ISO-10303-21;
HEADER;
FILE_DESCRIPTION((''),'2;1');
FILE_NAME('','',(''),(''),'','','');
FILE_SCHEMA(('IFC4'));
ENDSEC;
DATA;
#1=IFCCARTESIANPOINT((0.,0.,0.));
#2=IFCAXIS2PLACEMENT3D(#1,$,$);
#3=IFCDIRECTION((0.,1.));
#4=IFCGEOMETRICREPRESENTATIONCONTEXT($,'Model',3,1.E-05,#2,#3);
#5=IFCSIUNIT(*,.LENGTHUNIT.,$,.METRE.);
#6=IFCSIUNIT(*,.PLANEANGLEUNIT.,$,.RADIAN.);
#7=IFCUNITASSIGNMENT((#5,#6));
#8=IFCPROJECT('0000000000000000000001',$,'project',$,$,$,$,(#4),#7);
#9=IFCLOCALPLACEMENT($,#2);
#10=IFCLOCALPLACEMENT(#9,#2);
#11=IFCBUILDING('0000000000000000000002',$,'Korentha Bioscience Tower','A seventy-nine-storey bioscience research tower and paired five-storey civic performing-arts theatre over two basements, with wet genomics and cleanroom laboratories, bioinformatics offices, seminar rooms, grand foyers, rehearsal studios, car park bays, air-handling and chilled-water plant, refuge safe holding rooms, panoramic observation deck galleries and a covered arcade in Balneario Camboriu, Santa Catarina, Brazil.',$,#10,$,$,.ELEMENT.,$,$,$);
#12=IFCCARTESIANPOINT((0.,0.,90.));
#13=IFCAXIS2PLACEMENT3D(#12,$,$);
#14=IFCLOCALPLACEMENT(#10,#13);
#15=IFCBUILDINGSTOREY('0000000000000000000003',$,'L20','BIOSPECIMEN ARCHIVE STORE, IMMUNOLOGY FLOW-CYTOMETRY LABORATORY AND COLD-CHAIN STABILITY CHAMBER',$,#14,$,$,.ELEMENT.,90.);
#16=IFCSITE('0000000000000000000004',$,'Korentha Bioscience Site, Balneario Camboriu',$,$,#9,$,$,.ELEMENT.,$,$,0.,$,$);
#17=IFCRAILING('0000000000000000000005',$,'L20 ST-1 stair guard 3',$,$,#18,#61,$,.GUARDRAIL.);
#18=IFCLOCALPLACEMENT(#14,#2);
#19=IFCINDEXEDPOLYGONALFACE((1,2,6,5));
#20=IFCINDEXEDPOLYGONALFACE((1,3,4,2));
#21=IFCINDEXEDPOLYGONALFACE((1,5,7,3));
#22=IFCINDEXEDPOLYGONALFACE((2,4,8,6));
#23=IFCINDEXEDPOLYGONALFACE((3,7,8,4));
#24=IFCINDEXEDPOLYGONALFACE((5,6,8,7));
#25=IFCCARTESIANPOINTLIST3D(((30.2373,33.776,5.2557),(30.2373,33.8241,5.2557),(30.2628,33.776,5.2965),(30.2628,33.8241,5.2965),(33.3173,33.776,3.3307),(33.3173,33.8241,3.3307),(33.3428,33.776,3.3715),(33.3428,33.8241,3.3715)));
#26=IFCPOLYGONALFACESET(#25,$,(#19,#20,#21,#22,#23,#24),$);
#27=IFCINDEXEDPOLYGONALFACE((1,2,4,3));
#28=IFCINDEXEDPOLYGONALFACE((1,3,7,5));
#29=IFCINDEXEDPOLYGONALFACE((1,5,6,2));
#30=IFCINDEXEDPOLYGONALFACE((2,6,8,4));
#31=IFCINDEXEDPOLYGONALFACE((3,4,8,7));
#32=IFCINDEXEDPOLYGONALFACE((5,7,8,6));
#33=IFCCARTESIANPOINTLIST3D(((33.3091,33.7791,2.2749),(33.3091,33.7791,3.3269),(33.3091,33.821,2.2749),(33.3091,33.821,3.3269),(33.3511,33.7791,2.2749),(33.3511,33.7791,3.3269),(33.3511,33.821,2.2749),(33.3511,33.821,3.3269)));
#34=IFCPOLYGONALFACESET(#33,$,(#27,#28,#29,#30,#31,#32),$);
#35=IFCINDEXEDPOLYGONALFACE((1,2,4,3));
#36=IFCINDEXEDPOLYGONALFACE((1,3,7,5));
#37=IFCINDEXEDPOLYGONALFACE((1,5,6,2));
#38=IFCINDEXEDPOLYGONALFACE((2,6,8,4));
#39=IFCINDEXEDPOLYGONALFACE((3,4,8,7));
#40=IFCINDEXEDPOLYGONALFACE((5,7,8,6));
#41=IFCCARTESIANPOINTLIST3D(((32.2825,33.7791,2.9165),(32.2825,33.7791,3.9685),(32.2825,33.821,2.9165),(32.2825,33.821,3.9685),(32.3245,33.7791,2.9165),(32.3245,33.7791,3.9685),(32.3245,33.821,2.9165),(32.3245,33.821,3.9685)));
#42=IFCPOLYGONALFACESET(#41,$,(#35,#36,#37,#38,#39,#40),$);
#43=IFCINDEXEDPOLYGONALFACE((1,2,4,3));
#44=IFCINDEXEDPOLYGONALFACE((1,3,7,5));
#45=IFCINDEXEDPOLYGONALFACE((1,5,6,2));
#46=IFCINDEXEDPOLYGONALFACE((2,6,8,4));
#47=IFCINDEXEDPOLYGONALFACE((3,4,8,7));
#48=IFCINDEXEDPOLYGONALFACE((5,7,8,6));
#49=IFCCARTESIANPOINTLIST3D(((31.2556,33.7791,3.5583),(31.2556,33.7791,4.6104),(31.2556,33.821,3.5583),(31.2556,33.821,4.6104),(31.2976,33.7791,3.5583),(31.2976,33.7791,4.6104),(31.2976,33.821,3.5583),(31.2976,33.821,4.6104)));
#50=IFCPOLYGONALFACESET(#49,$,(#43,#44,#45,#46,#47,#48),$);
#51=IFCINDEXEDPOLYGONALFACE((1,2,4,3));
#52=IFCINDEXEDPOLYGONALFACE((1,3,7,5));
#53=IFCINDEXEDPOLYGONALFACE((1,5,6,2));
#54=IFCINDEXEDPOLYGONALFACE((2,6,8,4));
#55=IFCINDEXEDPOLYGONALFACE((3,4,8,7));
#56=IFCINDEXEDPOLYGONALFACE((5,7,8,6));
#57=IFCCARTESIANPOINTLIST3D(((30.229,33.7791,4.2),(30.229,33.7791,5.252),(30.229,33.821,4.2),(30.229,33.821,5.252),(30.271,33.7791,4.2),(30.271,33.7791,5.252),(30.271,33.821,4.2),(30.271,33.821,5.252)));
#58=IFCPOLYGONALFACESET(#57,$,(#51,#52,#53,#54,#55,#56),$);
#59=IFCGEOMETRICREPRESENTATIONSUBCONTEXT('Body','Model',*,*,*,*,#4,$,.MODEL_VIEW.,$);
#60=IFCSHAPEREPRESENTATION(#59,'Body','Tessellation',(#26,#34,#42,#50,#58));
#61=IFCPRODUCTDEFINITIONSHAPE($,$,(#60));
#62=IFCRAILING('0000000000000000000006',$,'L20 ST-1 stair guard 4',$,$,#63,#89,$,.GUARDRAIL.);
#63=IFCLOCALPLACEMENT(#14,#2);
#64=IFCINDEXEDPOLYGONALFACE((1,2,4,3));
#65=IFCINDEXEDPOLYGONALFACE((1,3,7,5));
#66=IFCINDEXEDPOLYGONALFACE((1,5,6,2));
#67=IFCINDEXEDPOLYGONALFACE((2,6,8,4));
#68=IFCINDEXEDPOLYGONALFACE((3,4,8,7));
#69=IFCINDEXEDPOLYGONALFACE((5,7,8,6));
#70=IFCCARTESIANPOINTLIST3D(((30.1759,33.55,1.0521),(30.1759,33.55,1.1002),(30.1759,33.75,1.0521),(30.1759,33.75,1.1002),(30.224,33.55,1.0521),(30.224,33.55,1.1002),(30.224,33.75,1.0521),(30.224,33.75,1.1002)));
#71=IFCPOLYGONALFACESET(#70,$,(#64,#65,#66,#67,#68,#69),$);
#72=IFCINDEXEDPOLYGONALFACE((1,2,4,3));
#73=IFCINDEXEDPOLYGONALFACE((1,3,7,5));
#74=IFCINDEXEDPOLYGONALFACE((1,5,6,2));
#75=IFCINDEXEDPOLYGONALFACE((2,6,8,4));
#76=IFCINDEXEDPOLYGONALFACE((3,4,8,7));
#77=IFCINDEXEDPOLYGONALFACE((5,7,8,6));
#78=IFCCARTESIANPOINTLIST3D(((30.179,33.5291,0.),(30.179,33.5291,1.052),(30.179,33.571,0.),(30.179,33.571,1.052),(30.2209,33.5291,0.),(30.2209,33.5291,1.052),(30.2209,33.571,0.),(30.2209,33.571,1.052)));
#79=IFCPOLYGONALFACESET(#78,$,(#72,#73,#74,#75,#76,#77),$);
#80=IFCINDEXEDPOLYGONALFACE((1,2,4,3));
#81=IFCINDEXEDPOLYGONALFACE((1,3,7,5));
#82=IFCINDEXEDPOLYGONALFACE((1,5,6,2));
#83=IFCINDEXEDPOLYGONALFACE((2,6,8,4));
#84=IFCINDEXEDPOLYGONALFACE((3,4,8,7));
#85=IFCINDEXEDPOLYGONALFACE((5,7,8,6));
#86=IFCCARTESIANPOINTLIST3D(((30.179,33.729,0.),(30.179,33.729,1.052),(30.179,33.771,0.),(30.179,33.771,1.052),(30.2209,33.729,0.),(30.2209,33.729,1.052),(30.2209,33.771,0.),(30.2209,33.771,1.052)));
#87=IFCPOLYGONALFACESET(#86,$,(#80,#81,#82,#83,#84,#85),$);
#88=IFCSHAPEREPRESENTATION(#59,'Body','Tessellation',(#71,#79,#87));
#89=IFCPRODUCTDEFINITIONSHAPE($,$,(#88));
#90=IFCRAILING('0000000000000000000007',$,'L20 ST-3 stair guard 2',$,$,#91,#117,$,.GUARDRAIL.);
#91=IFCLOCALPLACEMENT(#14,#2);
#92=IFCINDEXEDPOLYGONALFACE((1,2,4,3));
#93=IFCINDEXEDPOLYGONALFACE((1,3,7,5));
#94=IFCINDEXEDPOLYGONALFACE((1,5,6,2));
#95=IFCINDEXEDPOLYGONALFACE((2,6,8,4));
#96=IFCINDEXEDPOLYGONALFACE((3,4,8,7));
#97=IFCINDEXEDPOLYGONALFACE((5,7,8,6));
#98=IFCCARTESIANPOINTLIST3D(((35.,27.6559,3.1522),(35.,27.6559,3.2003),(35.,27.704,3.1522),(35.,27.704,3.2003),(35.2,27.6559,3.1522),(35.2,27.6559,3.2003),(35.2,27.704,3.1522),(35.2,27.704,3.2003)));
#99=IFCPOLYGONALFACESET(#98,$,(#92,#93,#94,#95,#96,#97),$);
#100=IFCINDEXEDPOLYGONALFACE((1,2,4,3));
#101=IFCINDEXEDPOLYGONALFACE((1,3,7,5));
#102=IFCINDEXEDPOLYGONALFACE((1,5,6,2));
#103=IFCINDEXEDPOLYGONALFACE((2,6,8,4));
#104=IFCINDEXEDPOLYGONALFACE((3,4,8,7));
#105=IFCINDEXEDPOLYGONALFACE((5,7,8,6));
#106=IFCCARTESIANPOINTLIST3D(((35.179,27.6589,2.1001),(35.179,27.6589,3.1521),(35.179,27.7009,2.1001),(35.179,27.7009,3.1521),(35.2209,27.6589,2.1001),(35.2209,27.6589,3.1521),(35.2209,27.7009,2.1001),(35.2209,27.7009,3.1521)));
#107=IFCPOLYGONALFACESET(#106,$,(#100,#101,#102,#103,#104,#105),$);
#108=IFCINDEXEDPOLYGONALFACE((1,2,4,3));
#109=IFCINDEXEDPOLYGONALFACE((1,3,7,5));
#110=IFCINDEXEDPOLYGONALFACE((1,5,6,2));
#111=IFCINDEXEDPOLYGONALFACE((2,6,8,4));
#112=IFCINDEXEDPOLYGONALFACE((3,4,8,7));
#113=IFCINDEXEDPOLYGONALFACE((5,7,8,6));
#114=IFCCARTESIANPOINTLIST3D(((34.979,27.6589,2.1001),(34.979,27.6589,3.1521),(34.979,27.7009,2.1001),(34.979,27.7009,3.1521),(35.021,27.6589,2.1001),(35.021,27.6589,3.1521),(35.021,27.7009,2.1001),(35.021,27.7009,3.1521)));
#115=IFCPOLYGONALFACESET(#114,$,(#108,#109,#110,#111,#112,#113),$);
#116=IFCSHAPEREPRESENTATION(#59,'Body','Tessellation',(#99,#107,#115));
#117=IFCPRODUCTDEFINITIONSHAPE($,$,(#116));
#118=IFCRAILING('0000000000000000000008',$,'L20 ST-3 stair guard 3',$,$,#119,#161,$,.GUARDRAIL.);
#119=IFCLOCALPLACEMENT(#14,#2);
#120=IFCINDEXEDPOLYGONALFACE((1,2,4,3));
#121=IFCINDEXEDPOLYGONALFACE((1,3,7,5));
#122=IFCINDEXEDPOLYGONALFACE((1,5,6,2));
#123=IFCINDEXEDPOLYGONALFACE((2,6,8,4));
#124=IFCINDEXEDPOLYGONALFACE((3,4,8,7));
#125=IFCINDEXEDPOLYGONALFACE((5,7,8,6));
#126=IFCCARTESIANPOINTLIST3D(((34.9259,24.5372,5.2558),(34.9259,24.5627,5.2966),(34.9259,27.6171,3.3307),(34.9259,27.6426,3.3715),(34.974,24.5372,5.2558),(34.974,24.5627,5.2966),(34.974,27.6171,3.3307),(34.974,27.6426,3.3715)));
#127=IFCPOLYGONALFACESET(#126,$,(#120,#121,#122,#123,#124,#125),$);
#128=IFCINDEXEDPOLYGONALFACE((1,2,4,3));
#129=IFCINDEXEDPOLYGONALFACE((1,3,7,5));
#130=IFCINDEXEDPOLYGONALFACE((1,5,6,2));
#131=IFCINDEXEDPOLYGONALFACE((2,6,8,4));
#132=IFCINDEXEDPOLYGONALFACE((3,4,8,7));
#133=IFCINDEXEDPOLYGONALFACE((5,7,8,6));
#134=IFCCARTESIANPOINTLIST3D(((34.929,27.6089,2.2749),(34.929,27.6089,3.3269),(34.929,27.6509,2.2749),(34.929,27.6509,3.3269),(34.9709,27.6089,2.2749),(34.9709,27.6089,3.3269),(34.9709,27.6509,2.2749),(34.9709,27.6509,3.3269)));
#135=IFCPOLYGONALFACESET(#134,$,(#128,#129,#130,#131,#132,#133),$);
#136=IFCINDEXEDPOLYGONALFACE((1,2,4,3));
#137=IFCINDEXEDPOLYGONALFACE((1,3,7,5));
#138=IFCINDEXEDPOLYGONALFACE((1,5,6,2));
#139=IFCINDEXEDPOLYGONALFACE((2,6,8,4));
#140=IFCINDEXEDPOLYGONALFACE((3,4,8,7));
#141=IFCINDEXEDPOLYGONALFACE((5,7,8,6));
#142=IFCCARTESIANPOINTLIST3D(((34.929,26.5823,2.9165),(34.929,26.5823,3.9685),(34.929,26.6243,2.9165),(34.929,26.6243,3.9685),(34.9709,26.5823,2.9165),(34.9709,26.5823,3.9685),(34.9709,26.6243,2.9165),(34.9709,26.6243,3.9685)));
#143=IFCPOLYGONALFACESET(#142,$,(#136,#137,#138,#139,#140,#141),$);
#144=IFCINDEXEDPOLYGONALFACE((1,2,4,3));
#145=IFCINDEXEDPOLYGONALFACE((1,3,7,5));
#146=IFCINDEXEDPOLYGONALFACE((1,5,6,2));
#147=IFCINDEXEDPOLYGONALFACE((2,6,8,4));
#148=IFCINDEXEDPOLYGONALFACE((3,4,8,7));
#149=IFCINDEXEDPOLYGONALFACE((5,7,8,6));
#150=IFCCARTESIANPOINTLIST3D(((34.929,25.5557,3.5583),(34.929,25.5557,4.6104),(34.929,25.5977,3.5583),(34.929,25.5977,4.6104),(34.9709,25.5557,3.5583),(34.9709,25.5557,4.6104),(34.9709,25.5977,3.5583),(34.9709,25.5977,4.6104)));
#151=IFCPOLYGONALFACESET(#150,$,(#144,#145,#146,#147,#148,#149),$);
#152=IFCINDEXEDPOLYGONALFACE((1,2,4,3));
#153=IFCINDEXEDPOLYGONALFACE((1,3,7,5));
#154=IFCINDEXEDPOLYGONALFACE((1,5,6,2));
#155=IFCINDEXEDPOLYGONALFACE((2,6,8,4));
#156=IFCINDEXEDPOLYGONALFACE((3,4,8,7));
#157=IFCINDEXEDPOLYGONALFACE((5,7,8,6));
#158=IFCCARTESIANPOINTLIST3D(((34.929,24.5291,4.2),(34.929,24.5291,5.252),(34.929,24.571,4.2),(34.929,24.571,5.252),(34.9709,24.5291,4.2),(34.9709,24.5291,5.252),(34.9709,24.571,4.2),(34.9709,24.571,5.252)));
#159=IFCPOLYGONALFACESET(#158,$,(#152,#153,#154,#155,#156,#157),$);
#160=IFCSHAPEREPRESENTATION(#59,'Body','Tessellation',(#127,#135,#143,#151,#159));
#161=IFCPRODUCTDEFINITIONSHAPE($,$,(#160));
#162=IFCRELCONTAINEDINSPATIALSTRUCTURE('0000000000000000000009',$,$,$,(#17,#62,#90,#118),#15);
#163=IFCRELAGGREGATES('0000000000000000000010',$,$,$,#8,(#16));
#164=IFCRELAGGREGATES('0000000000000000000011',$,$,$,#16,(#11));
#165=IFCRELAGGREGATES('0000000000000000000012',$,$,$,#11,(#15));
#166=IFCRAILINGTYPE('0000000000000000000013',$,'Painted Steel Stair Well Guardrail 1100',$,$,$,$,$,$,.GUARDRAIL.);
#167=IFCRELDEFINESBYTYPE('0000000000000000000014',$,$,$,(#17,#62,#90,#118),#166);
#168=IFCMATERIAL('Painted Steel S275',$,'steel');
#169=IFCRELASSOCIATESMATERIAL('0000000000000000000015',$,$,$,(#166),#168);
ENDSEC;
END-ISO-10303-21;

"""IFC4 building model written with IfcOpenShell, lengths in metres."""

from ifc_helpers import new_model, si_unit, direction, frame, origin, origin_2d, place, context, subcontext, project, spatial, rectangle, extrude, material, type_object, element, save


model = new_model("IFC4")

# Units and contexts
model_context = context("Model", 3, precision=1e-05, world=origin(), true_north=direction((0.0, 1.0)))
body_context = subcontext(model_context, "Body", "Model", "MODEL_VIEW")
ifc_project = project(units=[si_unit("LENGTHUNIT", "METRE"), si_unit("PLANEANGLEUNIT", "RADIAN")], contexts=[model_context])

# Site, building, storey
site_placement = place(None, origin())
site = spatial("IfcSite", under=ifc_project, at=site_placement, Name="Korentha Bioscience Site, Balneario Camboriu", CompositionType="ELEMENT", RefElevation=0.0)
building_placement = place(site_placement, origin())
building = spatial("IfcBuilding", under=site, at=building_placement, Name="Korentha Bioscience Tower", Description="A seventy-nine-storey bioscience research tower and paired five-storey civic performing-arts theatre over two basements, with wet genomics and cleanroom laboratories, bioinformatics offices, seminar rooms, grand foyers, rehearsal studios, car park bays, air-handling and chilled-water plant, refuge safe holding rooms, panoramic observation deck galleries and a covered arcade in Balneario Camboriu, Santa Catarina, Brazil.", CompositionType="ELEMENT")
storey_placement = place(building_placement, frame((0.0, 0.0, 90.0)))
storey = spatial("IfcBuildingStorey", under=building, at=storey_placement, Name="L20", Description="BIOSPECIMEN ARCHIVE STORE, IMMUNOLOGY FLOW-CYTOMETRY LABORATORY AND COLD-CHAIN STABILITY CHAMBER", CompositionType="ELEMENT", Elevation=90.0)

# Railings
ifc_material_1 = material(Name="Painted Steel S275", Category="steel")
railing_type_1 = type_object("IfcRailingType", Name="Painted Steel Stair Well Guardrail 1100", PredefinedType="GUARDRAIL", material=ifc_material_1)
railing_1_placement = place(storey_placement, frame((33.3301, 33.8, 2.2749)))
element("IfcRailing", 1, at=railing_1_placement, inside=storey, type_object=railing_type_1, Name="L20 ST-1 stair guard 3", PredefinedType="GUARDRAIL", context=body_context, shape_type="SweptSolid", body=[
    extrude(rectangle(XDim=0.0481, YDim=0.0481, at=origin_2d()), frame((0.0, 0.0, 1.0762), z_axis=(-0.847998, 0.0, 0.529999), x_axis=(0.0, -1.0, 0.0)), (0.0, 0.0, 1.0), 3.6321),
    extrude(rectangle(XDim=0.042, YDim=0.042, at=origin_2d()), origin(), (0.0, 0.0, 1.0), 1.052),
    extrude(rectangle(XDim=0.042, YDim=0.042, at=origin_2d()), frame((-1.0266, 0.0, 0.6416)), (0.0, 0.0, 1.0), 1.052),
    extrude(rectangle(XDim=0.042, YDim=0.042, at=origin_2d()), frame((-2.0535, 0.0, 1.2834)), (0.0, 0.0, 1.0), 1.052),
    extrude(rectangle(XDim=0.042, YDim=0.042, at=origin_2d()), frame((-3.0801, 0.0, 1.925)), (0.0, 0.0, 1.0), 1.052),
])
railing_2_placement = place(storey_placement, frame((30.2, 33.55, 0.0)))
element("IfcRailing", 2, at=railing_2_placement, inside=storey, type_object=railing_type_1, Name="L20 ST-1 stair guard 4", PredefinedType="GUARDRAIL", context=body_context, shape_type="SweptSolid", body=[
    extrude(rectangle(XDim=0.0481, YDim=0.0481, at=origin_2d()), frame((0.0, 0.0, 1.0762), z_axis=(0.0, 1.0, 0.0), x_axis=(-1.0, 0.0, 0.0)), (0.0, 0.0, 1.0), 0.2),
    extrude(rectangle(XDim=0.042, YDim=0.042, at=origin_2d()), origin(), (0.0, 0.0, 1.0), 1.052),
    extrude(rectangle(XDim=0.042, YDim=0.042, at=origin_2d()), frame((0.0, 0.2, 0.0)), (0.0, 0.0, 1.0), 1.052),
])
railing_3_placement = place(storey_placement, frame((35.2, 27.6799, 2.1001)))
element("IfcRailing", 3, at=railing_3_placement, inside=storey, type_object=railing_type_1, Name="L20 ST-3 stair guard 2", PredefinedType="GUARDRAIL", context=body_context, shape_type="SweptSolid", body=[
    extrude(rectangle(XDim=0.0481, YDim=0.0481, at=origin_2d()), frame((0.0, 0.0, 1.0762), z_axis=(-1.0, 0.0, 0.0), x_axis=(0.0, -1.0, 0.0)), (0.0, 0.0, 1.0), 0.2),
    extrude(rectangle(XDim=0.042, YDim=0.042, at=origin_2d()), origin(), (0.0, 0.0, 1.0), 1.052),
    extrude(rectangle(XDim=0.042, YDim=0.042, at=origin_2d()), frame((-0.2, 0.0, 0.0)), (0.0, 0.0, 1.0), 1.052),
])
railing_4_placement = place(storey_placement, frame((34.95, 27.6299, 2.2749)))
element("IfcRailing", 4, at=railing_4_placement, inside=storey, type_object=railing_type_1, Name="L20 ST-3 stair guard 3", PredefinedType="GUARDRAIL", context=body_context, shape_type="SweptSolid", body=[
    extrude(rectangle(XDim=0.0481, YDim=0.0481, at=origin_2d()), frame((0.0, 0.0, 1.0762), z_axis=(0.0, -0.847979, 0.530029), x_axis=(1.0, 0.0, 0.0)), (0.0, 0.0, 1.0), 3.6321),
    extrude(rectangle(XDim=0.042, YDim=0.042, at=origin_2d()), origin(), (0.0, 0.0, 1.0), 1.052),
    extrude(rectangle(XDim=0.042, YDim=0.042, at=origin_2d()), frame((0.0, -1.0266, 0.6416)), (0.0, 0.0, 1.0), 1.052),
    extrude(rectangle(XDim=0.042, YDim=0.042, at=origin_2d()), frame((0.0, -2.0532, 1.2834)), (0.0, 0.0, 1.0), 1.052),
    extrude(rectangle(XDim=0.042, YDim=0.042, at=origin_2d()), frame((0.0, -3.0798, 1.925)), (0.0, 0.0, 1.0), 1.052),
])

save(model, "model.ifc")
